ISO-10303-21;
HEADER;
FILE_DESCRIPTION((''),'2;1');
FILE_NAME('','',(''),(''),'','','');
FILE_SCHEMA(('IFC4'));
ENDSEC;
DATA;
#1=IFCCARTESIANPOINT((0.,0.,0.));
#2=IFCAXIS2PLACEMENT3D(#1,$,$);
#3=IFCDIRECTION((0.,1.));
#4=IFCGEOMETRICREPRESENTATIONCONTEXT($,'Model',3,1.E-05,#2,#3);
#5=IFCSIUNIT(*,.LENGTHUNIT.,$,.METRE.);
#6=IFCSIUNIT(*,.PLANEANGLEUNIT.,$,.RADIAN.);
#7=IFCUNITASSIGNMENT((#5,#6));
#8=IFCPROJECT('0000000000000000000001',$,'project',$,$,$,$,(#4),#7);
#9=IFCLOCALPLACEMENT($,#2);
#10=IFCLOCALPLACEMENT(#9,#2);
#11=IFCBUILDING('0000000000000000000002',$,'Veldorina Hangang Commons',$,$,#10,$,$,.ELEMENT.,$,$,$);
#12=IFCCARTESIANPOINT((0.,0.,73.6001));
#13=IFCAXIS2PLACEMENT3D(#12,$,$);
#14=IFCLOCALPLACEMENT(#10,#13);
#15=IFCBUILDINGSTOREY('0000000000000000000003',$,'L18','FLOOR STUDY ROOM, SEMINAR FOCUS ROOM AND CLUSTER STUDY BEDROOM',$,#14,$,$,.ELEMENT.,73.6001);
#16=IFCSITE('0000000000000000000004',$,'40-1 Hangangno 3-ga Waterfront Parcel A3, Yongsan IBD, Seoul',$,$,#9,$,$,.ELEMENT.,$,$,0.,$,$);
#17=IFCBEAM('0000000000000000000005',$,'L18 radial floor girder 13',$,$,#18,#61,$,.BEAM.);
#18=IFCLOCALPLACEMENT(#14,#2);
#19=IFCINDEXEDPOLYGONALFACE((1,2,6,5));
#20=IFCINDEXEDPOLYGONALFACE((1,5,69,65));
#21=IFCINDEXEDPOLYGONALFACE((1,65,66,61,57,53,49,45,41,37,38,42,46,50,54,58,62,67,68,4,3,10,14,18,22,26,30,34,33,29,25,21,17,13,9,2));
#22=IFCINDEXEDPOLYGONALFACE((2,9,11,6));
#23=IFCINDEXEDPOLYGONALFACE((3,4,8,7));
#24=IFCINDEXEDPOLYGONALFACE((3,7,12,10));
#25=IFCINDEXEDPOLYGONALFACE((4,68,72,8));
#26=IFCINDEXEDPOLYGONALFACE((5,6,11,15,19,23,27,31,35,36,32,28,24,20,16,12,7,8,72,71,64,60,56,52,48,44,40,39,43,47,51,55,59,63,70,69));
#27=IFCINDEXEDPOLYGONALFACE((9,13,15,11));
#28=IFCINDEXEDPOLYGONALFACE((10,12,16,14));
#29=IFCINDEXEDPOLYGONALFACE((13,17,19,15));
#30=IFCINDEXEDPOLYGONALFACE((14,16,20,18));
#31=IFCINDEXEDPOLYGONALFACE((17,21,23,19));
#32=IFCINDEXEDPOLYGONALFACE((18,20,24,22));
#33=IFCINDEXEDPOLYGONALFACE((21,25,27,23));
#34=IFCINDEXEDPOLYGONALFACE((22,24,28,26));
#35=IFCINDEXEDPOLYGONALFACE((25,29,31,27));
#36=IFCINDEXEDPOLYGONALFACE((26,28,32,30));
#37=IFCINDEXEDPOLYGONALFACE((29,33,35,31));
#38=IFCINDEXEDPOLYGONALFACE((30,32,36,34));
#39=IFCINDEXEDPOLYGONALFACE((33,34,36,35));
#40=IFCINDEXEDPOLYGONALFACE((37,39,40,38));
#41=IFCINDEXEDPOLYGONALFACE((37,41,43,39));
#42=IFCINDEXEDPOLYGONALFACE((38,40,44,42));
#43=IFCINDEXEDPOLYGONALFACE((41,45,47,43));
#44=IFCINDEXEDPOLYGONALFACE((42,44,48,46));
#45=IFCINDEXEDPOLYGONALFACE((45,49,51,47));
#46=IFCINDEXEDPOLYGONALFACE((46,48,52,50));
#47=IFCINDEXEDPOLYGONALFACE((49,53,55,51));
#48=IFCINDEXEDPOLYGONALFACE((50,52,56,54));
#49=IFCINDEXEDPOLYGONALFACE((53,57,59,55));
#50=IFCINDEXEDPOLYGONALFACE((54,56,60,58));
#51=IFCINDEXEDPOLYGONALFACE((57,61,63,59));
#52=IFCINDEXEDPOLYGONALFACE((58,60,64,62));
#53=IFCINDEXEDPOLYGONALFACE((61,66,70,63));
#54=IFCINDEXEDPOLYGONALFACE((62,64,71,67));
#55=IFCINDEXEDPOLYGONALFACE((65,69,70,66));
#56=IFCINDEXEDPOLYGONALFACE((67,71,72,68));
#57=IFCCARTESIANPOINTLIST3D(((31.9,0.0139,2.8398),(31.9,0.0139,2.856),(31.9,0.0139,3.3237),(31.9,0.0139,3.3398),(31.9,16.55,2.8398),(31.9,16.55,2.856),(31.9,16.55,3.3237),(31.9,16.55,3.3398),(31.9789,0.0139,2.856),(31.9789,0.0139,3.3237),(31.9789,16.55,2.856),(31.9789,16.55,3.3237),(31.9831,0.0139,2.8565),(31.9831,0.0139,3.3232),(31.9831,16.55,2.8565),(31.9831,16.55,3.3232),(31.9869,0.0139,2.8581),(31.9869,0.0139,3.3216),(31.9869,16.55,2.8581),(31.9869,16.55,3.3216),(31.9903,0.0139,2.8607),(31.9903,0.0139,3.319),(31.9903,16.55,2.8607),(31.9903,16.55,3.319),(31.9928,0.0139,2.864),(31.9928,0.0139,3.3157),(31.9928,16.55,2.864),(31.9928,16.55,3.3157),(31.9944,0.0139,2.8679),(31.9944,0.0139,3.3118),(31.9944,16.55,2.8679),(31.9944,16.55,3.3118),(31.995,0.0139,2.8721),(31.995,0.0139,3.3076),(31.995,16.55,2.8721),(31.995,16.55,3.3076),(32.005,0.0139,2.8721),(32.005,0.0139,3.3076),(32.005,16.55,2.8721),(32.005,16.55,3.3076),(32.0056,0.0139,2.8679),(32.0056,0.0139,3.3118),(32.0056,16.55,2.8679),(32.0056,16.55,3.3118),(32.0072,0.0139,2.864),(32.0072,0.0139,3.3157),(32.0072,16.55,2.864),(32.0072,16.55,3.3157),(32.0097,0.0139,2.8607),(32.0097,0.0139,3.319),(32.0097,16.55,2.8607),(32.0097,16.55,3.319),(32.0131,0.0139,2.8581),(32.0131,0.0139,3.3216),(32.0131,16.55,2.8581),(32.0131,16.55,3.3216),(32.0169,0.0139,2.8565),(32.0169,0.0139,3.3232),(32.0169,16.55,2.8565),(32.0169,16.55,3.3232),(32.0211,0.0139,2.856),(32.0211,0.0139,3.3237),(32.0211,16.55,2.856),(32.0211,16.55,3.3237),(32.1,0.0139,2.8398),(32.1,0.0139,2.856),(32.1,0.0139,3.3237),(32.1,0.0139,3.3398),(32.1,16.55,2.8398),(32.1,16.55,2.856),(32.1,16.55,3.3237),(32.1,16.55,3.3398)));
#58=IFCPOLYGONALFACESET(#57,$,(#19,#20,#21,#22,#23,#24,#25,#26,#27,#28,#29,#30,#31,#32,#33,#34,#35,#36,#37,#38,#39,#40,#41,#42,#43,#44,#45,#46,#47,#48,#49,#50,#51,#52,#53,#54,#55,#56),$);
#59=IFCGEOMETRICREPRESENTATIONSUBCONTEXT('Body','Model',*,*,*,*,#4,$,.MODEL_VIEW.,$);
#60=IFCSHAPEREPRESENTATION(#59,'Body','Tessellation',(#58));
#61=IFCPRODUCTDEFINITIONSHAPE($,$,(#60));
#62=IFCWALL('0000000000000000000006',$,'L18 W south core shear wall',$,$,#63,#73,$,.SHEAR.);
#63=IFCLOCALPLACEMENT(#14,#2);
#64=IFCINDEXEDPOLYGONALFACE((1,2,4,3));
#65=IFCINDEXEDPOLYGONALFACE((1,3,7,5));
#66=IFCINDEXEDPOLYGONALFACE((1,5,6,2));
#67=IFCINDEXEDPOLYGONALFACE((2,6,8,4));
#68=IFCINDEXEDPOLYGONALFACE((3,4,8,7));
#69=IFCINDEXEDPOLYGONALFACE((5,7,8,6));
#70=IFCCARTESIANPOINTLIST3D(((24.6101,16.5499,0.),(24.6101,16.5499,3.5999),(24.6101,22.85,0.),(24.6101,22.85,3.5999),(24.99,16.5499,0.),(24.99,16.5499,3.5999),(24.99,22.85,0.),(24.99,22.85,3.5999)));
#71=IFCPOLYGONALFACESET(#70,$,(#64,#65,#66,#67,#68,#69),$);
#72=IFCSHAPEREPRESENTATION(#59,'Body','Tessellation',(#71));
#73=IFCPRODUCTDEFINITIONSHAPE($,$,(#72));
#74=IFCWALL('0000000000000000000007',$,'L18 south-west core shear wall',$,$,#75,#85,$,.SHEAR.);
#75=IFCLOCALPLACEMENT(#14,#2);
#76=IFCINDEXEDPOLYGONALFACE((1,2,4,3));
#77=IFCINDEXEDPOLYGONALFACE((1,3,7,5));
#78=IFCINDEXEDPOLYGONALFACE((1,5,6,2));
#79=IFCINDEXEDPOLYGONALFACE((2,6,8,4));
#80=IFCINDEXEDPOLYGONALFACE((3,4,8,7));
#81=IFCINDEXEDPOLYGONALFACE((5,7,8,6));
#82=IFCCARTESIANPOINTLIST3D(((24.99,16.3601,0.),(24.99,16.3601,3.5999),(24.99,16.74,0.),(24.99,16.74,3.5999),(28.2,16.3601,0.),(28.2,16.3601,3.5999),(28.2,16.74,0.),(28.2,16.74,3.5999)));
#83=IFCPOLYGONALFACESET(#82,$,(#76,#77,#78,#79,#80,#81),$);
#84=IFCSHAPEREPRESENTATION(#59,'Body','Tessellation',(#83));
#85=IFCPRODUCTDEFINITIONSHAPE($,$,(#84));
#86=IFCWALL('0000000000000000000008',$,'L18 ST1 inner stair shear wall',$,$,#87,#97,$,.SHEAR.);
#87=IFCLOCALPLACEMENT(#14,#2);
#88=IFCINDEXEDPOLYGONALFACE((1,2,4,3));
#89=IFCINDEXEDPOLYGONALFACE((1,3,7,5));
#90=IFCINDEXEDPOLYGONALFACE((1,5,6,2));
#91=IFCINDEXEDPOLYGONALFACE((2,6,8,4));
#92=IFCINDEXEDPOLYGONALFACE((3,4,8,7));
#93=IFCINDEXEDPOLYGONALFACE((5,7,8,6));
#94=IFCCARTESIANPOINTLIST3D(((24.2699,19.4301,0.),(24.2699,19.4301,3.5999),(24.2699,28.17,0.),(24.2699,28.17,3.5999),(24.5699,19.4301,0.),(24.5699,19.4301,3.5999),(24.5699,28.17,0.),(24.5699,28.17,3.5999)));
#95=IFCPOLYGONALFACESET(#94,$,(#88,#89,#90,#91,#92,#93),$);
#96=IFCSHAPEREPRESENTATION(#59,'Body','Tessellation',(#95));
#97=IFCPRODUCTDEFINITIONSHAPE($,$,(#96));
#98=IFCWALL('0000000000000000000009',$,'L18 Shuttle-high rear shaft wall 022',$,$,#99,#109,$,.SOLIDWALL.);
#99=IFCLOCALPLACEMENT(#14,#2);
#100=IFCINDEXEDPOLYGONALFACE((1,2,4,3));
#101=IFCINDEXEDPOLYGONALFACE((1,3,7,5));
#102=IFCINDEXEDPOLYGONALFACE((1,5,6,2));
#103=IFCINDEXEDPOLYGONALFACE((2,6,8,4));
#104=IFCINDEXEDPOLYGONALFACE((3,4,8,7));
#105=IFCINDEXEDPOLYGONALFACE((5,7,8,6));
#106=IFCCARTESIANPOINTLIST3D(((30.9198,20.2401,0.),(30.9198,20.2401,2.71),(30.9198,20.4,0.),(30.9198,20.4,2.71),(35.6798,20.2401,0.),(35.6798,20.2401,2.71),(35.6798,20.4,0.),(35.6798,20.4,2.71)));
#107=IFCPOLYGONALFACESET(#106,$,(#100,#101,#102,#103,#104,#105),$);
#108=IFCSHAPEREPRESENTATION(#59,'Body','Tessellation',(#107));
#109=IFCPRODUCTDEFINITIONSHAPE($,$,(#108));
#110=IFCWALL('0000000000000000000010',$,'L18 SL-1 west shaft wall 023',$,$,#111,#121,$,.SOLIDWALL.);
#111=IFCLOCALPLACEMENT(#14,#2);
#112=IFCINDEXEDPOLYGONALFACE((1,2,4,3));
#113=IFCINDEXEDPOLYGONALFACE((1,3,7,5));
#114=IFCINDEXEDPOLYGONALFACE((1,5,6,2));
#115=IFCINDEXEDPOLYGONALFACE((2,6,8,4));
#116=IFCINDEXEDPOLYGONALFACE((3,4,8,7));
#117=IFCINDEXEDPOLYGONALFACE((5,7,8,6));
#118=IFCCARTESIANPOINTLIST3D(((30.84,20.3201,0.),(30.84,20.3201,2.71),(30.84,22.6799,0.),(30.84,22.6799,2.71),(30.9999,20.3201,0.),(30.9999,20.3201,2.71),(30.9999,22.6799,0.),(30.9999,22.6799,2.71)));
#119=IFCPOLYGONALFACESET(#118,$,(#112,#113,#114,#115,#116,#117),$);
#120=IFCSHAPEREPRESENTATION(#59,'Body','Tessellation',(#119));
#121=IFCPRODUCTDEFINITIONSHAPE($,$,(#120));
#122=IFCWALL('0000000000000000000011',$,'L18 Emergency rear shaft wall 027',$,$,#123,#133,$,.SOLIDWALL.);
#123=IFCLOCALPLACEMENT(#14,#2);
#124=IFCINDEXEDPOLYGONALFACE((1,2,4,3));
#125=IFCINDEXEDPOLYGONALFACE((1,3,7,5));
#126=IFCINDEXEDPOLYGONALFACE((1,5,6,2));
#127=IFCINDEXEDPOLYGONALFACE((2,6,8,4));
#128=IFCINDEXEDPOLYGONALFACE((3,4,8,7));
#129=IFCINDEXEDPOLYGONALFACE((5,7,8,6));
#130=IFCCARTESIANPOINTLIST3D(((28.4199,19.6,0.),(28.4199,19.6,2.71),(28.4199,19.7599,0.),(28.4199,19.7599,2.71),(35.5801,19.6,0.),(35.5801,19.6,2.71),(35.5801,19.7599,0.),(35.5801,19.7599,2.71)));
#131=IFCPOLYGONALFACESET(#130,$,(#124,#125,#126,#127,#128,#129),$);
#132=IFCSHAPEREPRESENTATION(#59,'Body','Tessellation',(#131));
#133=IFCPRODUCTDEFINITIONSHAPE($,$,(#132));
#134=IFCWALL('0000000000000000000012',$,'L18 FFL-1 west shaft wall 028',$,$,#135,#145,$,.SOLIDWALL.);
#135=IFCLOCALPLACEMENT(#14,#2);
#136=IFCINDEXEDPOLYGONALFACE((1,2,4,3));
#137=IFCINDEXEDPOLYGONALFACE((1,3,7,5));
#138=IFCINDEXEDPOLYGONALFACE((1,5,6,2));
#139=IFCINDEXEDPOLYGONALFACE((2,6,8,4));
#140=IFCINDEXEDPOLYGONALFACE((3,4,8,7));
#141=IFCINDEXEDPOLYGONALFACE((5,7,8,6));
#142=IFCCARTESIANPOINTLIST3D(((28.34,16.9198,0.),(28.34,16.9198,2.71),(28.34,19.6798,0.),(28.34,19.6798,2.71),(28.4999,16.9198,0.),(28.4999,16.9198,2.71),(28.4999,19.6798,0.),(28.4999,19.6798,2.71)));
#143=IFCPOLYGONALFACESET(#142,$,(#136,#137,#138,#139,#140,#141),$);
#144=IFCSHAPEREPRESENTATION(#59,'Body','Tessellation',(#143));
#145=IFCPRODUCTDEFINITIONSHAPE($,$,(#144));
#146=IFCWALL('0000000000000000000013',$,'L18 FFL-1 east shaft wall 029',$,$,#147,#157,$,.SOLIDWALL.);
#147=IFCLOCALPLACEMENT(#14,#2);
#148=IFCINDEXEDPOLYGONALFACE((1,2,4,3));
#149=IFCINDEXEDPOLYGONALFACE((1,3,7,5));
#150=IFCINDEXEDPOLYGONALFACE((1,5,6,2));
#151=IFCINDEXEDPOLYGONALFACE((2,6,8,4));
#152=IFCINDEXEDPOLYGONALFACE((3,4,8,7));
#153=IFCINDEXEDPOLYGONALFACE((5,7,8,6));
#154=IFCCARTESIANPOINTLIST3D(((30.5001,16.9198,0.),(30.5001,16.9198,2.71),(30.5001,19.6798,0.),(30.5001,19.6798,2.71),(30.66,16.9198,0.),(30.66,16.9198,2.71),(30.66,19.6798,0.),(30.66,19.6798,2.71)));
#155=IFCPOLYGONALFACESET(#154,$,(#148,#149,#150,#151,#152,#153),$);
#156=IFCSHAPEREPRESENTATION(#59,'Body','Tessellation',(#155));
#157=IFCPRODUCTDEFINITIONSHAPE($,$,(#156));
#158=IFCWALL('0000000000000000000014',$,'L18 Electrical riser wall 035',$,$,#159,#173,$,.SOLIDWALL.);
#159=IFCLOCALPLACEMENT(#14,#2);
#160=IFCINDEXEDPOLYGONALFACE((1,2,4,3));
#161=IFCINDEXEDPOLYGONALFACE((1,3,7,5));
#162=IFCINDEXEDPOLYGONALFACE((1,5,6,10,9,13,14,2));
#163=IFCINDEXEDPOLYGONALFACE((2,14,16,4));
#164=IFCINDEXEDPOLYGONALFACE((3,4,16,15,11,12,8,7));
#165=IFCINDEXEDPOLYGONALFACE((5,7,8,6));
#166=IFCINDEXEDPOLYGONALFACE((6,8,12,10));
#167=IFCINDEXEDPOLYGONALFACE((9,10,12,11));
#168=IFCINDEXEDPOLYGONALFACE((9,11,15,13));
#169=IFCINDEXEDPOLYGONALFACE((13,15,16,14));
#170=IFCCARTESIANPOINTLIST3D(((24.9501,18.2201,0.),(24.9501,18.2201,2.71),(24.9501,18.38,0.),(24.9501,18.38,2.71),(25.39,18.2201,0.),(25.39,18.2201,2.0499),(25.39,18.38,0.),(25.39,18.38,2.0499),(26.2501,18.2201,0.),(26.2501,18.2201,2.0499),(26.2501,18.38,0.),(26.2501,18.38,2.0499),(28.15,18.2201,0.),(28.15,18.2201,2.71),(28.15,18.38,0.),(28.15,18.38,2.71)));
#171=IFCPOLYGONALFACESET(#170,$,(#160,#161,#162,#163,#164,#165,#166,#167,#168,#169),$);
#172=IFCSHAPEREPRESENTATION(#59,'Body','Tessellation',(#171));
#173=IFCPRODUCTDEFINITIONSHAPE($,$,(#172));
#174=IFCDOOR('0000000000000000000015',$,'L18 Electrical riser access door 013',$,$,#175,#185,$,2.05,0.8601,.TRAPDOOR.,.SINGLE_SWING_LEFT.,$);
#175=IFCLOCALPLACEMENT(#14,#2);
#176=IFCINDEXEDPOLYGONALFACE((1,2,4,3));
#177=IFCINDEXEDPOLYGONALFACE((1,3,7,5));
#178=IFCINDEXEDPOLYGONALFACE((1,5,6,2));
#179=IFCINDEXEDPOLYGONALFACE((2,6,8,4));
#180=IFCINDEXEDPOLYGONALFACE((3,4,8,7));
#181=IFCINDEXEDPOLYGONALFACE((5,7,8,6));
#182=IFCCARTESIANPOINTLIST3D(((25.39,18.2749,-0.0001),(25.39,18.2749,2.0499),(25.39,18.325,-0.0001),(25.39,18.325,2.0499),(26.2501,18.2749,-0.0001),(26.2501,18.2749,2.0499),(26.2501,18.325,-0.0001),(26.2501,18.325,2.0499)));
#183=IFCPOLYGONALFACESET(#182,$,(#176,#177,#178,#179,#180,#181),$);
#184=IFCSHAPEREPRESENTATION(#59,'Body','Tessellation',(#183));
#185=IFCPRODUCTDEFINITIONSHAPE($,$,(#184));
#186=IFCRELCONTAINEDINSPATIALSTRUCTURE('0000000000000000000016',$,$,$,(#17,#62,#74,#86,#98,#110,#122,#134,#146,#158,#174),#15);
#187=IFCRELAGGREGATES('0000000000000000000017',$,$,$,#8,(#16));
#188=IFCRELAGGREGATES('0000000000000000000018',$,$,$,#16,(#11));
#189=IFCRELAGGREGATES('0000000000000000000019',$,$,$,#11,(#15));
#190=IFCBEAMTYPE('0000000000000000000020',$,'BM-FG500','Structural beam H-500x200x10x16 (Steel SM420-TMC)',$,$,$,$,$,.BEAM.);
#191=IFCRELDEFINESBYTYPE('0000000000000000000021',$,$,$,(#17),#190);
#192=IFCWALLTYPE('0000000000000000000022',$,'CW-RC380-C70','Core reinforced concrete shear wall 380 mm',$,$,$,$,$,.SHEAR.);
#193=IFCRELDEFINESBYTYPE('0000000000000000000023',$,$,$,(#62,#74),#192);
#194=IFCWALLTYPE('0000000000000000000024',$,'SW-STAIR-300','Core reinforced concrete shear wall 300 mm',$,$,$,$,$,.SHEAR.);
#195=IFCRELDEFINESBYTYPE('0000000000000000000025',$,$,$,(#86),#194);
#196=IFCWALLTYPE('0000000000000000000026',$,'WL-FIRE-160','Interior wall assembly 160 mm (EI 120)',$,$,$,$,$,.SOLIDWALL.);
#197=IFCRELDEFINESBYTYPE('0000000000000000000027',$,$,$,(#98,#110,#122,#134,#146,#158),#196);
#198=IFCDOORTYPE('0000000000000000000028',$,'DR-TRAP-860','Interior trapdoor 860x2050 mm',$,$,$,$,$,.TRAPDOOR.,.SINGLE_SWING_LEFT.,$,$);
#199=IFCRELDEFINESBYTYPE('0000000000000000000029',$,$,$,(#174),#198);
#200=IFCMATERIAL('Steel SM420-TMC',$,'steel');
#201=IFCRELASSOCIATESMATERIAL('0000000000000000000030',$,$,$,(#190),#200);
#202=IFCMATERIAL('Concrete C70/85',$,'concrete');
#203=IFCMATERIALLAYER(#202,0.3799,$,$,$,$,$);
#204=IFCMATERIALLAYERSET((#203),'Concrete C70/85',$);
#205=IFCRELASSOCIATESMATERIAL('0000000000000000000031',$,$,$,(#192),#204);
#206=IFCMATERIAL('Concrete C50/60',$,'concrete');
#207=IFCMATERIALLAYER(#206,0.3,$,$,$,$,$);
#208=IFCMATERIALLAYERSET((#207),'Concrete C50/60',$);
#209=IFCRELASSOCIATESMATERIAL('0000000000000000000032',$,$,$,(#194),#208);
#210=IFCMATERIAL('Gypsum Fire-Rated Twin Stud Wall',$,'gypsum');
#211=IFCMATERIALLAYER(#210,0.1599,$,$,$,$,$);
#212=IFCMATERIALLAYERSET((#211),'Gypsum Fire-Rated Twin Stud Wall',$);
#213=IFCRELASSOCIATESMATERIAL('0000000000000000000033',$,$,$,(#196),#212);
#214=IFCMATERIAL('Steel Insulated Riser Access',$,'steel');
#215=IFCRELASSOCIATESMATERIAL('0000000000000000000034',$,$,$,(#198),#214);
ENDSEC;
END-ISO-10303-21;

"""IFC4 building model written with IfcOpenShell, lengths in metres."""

from ifc_helpers import new_model, si_unit, direction, frame, frame_2d, origin, origin_2d, place, context, subcontext, project, spatial, rectangle, i_section, extrude, material, layer, layer_set, material_profile, profile_set, type_object, element, fill, save


model = new_model("IFC4")

# Units and contexts
model_context = context("Model", 3, precision=1e-05, world=origin(), true_north=direction((0.0, 1.0)))
body_context = subcontext(model_context, "Body", "Model", "MODEL_VIEW")
ifc_project = project(units=[si_unit("LENGTHUNIT", "METRE"), si_unit("PLANEANGLEUNIT", "RADIAN")], contexts=[model_context])

# Site, building, storey
site_placement = place(None, origin())
site = spatial("IfcSite", under=ifc_project, at=site_placement, Name="40-1 Hangangno 3-ga Waterfront Parcel A3, Yongsan IBD, Seoul", CompositionType="ELEMENT", RefElevation=0.0)
building_placement = place(site_placement, origin())
building = spatial("IfcBuilding", under=site, at=building_placement, Name="Veldorina Hangang Commons", CompositionType="ELEMENT")
storey_placement = place(building_placement, frame((0.0, 0.0, 73.6001)))
storey = spatial("IfcBuildingStorey", under=building, at=storey_placement, Name="L18", Description="FLOOR STUDY ROOM, SEMINAR FOCUS ROOM AND CLUSTER STUDY BEDROOM", CompositionType="ELEMENT", Elevation=73.6001)

# Beam
ifc_material_1 = material(Name="Concrete C70/85", Category="concrete")
ifc_material_2 = material(Name="Steel SM420-TMC", Category="steel")
ifc_material_profile_1 = material_profile(ifc_material_2, i_section(OverallWidth=0.2, OverallDepth=0.5, WebThickness=0.01, FlangeThickness=0.0161, FilletRadius=0.0161, at=origin_2d()), Name="H-500x200x10x16")
ifc_profile_set_1 = profile_set([ifc_material_profile_1], Name="Steel SM420-TMC")
beam_type_1 = type_object("IfcBeamType", Name="BM-FG500", Description="Structural beam H-500x200x10x16 (Steel SM420-TMC)", PredefinedType="BEAM", material=ifc_profile_set_1)
beam_1_placement = place(storey_placement, frame((32.0, 16.55, 3.0898), z_axis=(0.0, -1.0, 0.0), x_axis=(1.0, 0.0, 0.0)))
element("IfcBeam", 1, at=beam_1_placement, inside=storey, type_object=beam_type_1, Name="L18 radial floor girder 13", PredefinedType="BEAM", context=body_context, shape_type="SweptSolid", body=[
    extrude(i_section(OverallWidth=0.2, OverallDepth=0.5, WebThickness=0.01, FlangeThickness=0.0161, FilletRadius=0.0161, at=origin_2d()), origin(), (0.0, 0.0, 1.0), 16.5361),
])

# Walls
ifc_layer_1 = layer(ifc_material_1, 0.3799)
ifc_layer_set_1 = layer_set([ifc_layer_1], Name="Concrete C70/85")
wall_type_1 = type_object("IfcWallType", Name="CW-RC380-C70", Description="Core reinforced concrete shear wall 380 mm", PredefinedType="SHEAR", material=ifc_layer_set_1)
wall_1_placement = place(storey_placement, frame((24.8, 16.55, 0.0), z_axis=(0.0, 0.0, 1.0), x_axis=(0.0, 1.0, 0.0)))
element("IfcWall", 2, at=wall_1_placement, inside=storey, type_object=wall_type_1, Name="L18 W south core shear wall", PredefinedType="SHEAR", context=body_context, shape_type="SweptSolid", body=[
    extrude(rectangle(XDim=6.3, YDim=0.3799, at=frame_2d((3.1499, 0.0))), origin(), (0.0, 0.0, 1.0), 3.5999),
])
wall_2_placement = place(storey_placement, frame((24.99, 16.55, 0.0), z_axis=(0.0, 0.0, 1.0), x_axis=(1.0, 0.0, 0.0)))
element("IfcWall", 3, at=wall_2_placement, inside=storey, type_object=wall_type_1, Name="L18 south-west core shear wall", PredefinedType="SHEAR", context=body_context, shape_type="SweptSolid", body=[
    extrude(rectangle(XDim=3.21, YDim=0.3799, at=frame_2d((1.605, 0.0))), origin(), (0.0, 0.0, 1.0), 3.5999),
])
ifc_material_3 = material(Name="Concrete C50/60", Category="concrete")
ifc_layer_2 = layer(ifc_material_3, 0.3)
ifc_layer_set_2 = layer_set([ifc_layer_2], Name="Concrete C50/60")
wall_type_2 = type_object("IfcWallType", Name="SW-STAIR-300", Description="Core reinforced concrete shear wall 300 mm", PredefinedType="SHEAR", material=ifc_layer_set_2)
wall_3_placement = place(storey_placement, frame((24.4199, 19.4299, 0.0), z_axis=(0.0, 0.0, 1.0), x_axis=(0.0, 1.0, 0.0)))
element("IfcWall", 4, at=wall_3_placement, inside=storey, type_object=wall_type_2, Name="L18 ST1 inner stair shear wall", PredefinedType="SHEAR", context=body_context, shape_type="SweptSolid", body=[
    extrude(rectangle(XDim=8.74, YDim=0.3, at=frame_2d((4.3701, 0.0))), origin(), (0.0, 0.0, 1.0), 3.5999),
])
ifc_material_4 = material(Name="Gypsum Fire-Rated Twin Stud Wall", Category="gypsum")
ifc_layer_3 = layer(ifc_material_4, 0.1599)
ifc_layer_set_3 = layer_set([ifc_layer_3], Name="Gypsum Fire-Rated Twin Stud Wall")
wall_type_3 = type_object("IfcWallType", Name="WL-FIRE-160", Description="Interior wall assembly 160 mm (EI 120)", PredefinedType="SOLIDWALL", material=ifc_layer_set_3)
wall_4_placement = place(storey_placement, frame((30.9199, 20.3201, 0.0), z_axis=(0.0, 0.0, 1.0), x_axis=(1.0, 0.0, 0.0)))
element("IfcWall", 5, at=wall_4_placement, inside=storey, type_object=wall_type_3, Name="L18 Shuttle-high rear shaft wall 022", PredefinedType="SOLIDWALL", context=body_context, shape_type="SweptSolid", body=[
    extrude(rectangle(XDim=4.76, YDim=0.1599, at=frame_2d((2.3799, 0.0))), origin(), (0.0, 0.0, 1.0), 2.71),
])
wall_5_placement = place(storey_placement, frame((30.9199, 20.3201, 0.0), z_axis=(0.0, 0.0, 1.0), x_axis=(0.0, 1.0, 0.0)))
element("IfcWall", 6, at=wall_5_placement, inside=storey, type_object=wall_type_3, Name="L18 SL-1 west shaft wall 023", PredefinedType="SOLIDWALL", context=body_context, shape_type="SweptSolid", body=[
    extrude(rectangle(XDim=2.3599, YDim=0.1599, at=frame_2d((1.1799, 0.0))), origin(), (0.0, 0.0, 1.0), 2.71),
])

# Walls
wall_6_placement = place(storey_placement, frame((28.4199, 19.6799, 0.0), z_axis=(0.0, 0.0, 1.0), x_axis=(1.0, 0.0, 0.0)))
element("IfcWall", 7, at=wall_6_placement, inside=storey, type_object=wall_type_3, Name="L18 Emergency rear shaft wall 027", PredefinedType="SOLIDWALL", context=body_context, shape_type="SweptSolid", body=[
    extrude(rectangle(XDim=7.1602, YDim=0.1599, at=frame_2d((3.5801, 0.0))), origin(), (0.0, 0.0, 1.0), 2.71),
])
for number, where, z_axis, x_axis, name in (
    (8, (28.4199, 16.9199, 0.0), (0.0, 0.0, 1.0), (0.0, 1.0, 0.0), "L18 FFL-1 west shaft wall 028"),
    (9, (30.5801, 16.9199, 0.0), (0.0, 0.0, 1.0), (0.0, 1.0, 0.0), "L18 FFL-1 east shaft wall 029"),
):
    element("IfcWall", number, at=place(storey_placement, frame(where, z_axis=z_axis, x_axis=x_axis)), inside=storey, type_object=wall_type_3, Name=name, PredefinedType="SOLIDWALL", context=body_context, shape_type="SweptSolid", body=[
        extrude(rectangle(XDim=2.76, YDim=0.1599, at=frame_2d((1.3799, 0.0))), origin(), (0.0, 0.0, 1.0), 2.71),
    ])

# Wall, opening, door
wall_7_placement = place(storey_placement, frame((24.95, 18.3, 0.0), z_axis=(0.0, 0.0, 1.0), x_axis=(1.0, 0.0, 0.0)))
wall_7 = element("IfcWall", 10, at=wall_7_placement, inside=storey, type_object=wall_type_3, Name="L18 Electrical riser wall 035", PredefinedType="SOLIDWALL", context=body_context, shape_type="SweptSolid", body=[
    extrude(rectangle(XDim=3.2, YDim=0.1599, at=frame_2d((1.6001, 0.0))), origin(), (0.0, 0.0, 1.0), 2.71),
])
opening_1_placement = place(wall_7_placement, frame((0.4399, 0.0, 0.0)))
opening_1 = element("IfcOpeningElement", 11, at=opening_1_placement, cuts=wall_7, PredefinedType="OPENING", context=body_context, shape_type="SweptSolid", body=[
    extrude(rectangle(XDim=0.8601, YDim=2.05, at=frame_2d((0.4302, 1.0249))), frame((0.0, 0.0898, 0.0), z_axis=(0.0, -1.0, 0.0), x_axis=(1.0, 0.0, 0.0)), (0.0, 0.0, 1.0), 0.1799),
])
ifc_material_5 = material(Name="Steel Insulated Riser Access", Category="steel")
door_type_1 = type_object("IfcDoorType", Name="DR-TRAP-860", Description="Interior trapdoor 860x2050 mm", OperationType="SINGLE_SWING_LEFT", PredefinedType="TRAPDOOR", material=ifc_material_5)
door_1_placement = place(opening_1_placement, origin())
door_1 = element("IfcDoor", 12, at=door_1_placement, inside=storey, type_object=door_type_1, Name="L18 Electrical riser access door 013", OperationType="SINGLE_SWING_LEFT", OverallHeight=2.05, OverallWidth=0.8601, PredefinedType="TRAPDOOR", context=body_context, shape_type="SweptSolid", body=[
    extrude(rectangle(XDim=0.8601, YDim=2.05, at=frame_2d((0.4302, 1.0249))), frame((0.0, 0.0249, 0.0), z_axis=(0.0, -1.0, 0.0), x_axis=(1.0, 0.0, 0.0)), (0.0, 0.0, 1.0), 0.05),
])
fill(opening_1, door_1)

save(model, "model.ifc")
